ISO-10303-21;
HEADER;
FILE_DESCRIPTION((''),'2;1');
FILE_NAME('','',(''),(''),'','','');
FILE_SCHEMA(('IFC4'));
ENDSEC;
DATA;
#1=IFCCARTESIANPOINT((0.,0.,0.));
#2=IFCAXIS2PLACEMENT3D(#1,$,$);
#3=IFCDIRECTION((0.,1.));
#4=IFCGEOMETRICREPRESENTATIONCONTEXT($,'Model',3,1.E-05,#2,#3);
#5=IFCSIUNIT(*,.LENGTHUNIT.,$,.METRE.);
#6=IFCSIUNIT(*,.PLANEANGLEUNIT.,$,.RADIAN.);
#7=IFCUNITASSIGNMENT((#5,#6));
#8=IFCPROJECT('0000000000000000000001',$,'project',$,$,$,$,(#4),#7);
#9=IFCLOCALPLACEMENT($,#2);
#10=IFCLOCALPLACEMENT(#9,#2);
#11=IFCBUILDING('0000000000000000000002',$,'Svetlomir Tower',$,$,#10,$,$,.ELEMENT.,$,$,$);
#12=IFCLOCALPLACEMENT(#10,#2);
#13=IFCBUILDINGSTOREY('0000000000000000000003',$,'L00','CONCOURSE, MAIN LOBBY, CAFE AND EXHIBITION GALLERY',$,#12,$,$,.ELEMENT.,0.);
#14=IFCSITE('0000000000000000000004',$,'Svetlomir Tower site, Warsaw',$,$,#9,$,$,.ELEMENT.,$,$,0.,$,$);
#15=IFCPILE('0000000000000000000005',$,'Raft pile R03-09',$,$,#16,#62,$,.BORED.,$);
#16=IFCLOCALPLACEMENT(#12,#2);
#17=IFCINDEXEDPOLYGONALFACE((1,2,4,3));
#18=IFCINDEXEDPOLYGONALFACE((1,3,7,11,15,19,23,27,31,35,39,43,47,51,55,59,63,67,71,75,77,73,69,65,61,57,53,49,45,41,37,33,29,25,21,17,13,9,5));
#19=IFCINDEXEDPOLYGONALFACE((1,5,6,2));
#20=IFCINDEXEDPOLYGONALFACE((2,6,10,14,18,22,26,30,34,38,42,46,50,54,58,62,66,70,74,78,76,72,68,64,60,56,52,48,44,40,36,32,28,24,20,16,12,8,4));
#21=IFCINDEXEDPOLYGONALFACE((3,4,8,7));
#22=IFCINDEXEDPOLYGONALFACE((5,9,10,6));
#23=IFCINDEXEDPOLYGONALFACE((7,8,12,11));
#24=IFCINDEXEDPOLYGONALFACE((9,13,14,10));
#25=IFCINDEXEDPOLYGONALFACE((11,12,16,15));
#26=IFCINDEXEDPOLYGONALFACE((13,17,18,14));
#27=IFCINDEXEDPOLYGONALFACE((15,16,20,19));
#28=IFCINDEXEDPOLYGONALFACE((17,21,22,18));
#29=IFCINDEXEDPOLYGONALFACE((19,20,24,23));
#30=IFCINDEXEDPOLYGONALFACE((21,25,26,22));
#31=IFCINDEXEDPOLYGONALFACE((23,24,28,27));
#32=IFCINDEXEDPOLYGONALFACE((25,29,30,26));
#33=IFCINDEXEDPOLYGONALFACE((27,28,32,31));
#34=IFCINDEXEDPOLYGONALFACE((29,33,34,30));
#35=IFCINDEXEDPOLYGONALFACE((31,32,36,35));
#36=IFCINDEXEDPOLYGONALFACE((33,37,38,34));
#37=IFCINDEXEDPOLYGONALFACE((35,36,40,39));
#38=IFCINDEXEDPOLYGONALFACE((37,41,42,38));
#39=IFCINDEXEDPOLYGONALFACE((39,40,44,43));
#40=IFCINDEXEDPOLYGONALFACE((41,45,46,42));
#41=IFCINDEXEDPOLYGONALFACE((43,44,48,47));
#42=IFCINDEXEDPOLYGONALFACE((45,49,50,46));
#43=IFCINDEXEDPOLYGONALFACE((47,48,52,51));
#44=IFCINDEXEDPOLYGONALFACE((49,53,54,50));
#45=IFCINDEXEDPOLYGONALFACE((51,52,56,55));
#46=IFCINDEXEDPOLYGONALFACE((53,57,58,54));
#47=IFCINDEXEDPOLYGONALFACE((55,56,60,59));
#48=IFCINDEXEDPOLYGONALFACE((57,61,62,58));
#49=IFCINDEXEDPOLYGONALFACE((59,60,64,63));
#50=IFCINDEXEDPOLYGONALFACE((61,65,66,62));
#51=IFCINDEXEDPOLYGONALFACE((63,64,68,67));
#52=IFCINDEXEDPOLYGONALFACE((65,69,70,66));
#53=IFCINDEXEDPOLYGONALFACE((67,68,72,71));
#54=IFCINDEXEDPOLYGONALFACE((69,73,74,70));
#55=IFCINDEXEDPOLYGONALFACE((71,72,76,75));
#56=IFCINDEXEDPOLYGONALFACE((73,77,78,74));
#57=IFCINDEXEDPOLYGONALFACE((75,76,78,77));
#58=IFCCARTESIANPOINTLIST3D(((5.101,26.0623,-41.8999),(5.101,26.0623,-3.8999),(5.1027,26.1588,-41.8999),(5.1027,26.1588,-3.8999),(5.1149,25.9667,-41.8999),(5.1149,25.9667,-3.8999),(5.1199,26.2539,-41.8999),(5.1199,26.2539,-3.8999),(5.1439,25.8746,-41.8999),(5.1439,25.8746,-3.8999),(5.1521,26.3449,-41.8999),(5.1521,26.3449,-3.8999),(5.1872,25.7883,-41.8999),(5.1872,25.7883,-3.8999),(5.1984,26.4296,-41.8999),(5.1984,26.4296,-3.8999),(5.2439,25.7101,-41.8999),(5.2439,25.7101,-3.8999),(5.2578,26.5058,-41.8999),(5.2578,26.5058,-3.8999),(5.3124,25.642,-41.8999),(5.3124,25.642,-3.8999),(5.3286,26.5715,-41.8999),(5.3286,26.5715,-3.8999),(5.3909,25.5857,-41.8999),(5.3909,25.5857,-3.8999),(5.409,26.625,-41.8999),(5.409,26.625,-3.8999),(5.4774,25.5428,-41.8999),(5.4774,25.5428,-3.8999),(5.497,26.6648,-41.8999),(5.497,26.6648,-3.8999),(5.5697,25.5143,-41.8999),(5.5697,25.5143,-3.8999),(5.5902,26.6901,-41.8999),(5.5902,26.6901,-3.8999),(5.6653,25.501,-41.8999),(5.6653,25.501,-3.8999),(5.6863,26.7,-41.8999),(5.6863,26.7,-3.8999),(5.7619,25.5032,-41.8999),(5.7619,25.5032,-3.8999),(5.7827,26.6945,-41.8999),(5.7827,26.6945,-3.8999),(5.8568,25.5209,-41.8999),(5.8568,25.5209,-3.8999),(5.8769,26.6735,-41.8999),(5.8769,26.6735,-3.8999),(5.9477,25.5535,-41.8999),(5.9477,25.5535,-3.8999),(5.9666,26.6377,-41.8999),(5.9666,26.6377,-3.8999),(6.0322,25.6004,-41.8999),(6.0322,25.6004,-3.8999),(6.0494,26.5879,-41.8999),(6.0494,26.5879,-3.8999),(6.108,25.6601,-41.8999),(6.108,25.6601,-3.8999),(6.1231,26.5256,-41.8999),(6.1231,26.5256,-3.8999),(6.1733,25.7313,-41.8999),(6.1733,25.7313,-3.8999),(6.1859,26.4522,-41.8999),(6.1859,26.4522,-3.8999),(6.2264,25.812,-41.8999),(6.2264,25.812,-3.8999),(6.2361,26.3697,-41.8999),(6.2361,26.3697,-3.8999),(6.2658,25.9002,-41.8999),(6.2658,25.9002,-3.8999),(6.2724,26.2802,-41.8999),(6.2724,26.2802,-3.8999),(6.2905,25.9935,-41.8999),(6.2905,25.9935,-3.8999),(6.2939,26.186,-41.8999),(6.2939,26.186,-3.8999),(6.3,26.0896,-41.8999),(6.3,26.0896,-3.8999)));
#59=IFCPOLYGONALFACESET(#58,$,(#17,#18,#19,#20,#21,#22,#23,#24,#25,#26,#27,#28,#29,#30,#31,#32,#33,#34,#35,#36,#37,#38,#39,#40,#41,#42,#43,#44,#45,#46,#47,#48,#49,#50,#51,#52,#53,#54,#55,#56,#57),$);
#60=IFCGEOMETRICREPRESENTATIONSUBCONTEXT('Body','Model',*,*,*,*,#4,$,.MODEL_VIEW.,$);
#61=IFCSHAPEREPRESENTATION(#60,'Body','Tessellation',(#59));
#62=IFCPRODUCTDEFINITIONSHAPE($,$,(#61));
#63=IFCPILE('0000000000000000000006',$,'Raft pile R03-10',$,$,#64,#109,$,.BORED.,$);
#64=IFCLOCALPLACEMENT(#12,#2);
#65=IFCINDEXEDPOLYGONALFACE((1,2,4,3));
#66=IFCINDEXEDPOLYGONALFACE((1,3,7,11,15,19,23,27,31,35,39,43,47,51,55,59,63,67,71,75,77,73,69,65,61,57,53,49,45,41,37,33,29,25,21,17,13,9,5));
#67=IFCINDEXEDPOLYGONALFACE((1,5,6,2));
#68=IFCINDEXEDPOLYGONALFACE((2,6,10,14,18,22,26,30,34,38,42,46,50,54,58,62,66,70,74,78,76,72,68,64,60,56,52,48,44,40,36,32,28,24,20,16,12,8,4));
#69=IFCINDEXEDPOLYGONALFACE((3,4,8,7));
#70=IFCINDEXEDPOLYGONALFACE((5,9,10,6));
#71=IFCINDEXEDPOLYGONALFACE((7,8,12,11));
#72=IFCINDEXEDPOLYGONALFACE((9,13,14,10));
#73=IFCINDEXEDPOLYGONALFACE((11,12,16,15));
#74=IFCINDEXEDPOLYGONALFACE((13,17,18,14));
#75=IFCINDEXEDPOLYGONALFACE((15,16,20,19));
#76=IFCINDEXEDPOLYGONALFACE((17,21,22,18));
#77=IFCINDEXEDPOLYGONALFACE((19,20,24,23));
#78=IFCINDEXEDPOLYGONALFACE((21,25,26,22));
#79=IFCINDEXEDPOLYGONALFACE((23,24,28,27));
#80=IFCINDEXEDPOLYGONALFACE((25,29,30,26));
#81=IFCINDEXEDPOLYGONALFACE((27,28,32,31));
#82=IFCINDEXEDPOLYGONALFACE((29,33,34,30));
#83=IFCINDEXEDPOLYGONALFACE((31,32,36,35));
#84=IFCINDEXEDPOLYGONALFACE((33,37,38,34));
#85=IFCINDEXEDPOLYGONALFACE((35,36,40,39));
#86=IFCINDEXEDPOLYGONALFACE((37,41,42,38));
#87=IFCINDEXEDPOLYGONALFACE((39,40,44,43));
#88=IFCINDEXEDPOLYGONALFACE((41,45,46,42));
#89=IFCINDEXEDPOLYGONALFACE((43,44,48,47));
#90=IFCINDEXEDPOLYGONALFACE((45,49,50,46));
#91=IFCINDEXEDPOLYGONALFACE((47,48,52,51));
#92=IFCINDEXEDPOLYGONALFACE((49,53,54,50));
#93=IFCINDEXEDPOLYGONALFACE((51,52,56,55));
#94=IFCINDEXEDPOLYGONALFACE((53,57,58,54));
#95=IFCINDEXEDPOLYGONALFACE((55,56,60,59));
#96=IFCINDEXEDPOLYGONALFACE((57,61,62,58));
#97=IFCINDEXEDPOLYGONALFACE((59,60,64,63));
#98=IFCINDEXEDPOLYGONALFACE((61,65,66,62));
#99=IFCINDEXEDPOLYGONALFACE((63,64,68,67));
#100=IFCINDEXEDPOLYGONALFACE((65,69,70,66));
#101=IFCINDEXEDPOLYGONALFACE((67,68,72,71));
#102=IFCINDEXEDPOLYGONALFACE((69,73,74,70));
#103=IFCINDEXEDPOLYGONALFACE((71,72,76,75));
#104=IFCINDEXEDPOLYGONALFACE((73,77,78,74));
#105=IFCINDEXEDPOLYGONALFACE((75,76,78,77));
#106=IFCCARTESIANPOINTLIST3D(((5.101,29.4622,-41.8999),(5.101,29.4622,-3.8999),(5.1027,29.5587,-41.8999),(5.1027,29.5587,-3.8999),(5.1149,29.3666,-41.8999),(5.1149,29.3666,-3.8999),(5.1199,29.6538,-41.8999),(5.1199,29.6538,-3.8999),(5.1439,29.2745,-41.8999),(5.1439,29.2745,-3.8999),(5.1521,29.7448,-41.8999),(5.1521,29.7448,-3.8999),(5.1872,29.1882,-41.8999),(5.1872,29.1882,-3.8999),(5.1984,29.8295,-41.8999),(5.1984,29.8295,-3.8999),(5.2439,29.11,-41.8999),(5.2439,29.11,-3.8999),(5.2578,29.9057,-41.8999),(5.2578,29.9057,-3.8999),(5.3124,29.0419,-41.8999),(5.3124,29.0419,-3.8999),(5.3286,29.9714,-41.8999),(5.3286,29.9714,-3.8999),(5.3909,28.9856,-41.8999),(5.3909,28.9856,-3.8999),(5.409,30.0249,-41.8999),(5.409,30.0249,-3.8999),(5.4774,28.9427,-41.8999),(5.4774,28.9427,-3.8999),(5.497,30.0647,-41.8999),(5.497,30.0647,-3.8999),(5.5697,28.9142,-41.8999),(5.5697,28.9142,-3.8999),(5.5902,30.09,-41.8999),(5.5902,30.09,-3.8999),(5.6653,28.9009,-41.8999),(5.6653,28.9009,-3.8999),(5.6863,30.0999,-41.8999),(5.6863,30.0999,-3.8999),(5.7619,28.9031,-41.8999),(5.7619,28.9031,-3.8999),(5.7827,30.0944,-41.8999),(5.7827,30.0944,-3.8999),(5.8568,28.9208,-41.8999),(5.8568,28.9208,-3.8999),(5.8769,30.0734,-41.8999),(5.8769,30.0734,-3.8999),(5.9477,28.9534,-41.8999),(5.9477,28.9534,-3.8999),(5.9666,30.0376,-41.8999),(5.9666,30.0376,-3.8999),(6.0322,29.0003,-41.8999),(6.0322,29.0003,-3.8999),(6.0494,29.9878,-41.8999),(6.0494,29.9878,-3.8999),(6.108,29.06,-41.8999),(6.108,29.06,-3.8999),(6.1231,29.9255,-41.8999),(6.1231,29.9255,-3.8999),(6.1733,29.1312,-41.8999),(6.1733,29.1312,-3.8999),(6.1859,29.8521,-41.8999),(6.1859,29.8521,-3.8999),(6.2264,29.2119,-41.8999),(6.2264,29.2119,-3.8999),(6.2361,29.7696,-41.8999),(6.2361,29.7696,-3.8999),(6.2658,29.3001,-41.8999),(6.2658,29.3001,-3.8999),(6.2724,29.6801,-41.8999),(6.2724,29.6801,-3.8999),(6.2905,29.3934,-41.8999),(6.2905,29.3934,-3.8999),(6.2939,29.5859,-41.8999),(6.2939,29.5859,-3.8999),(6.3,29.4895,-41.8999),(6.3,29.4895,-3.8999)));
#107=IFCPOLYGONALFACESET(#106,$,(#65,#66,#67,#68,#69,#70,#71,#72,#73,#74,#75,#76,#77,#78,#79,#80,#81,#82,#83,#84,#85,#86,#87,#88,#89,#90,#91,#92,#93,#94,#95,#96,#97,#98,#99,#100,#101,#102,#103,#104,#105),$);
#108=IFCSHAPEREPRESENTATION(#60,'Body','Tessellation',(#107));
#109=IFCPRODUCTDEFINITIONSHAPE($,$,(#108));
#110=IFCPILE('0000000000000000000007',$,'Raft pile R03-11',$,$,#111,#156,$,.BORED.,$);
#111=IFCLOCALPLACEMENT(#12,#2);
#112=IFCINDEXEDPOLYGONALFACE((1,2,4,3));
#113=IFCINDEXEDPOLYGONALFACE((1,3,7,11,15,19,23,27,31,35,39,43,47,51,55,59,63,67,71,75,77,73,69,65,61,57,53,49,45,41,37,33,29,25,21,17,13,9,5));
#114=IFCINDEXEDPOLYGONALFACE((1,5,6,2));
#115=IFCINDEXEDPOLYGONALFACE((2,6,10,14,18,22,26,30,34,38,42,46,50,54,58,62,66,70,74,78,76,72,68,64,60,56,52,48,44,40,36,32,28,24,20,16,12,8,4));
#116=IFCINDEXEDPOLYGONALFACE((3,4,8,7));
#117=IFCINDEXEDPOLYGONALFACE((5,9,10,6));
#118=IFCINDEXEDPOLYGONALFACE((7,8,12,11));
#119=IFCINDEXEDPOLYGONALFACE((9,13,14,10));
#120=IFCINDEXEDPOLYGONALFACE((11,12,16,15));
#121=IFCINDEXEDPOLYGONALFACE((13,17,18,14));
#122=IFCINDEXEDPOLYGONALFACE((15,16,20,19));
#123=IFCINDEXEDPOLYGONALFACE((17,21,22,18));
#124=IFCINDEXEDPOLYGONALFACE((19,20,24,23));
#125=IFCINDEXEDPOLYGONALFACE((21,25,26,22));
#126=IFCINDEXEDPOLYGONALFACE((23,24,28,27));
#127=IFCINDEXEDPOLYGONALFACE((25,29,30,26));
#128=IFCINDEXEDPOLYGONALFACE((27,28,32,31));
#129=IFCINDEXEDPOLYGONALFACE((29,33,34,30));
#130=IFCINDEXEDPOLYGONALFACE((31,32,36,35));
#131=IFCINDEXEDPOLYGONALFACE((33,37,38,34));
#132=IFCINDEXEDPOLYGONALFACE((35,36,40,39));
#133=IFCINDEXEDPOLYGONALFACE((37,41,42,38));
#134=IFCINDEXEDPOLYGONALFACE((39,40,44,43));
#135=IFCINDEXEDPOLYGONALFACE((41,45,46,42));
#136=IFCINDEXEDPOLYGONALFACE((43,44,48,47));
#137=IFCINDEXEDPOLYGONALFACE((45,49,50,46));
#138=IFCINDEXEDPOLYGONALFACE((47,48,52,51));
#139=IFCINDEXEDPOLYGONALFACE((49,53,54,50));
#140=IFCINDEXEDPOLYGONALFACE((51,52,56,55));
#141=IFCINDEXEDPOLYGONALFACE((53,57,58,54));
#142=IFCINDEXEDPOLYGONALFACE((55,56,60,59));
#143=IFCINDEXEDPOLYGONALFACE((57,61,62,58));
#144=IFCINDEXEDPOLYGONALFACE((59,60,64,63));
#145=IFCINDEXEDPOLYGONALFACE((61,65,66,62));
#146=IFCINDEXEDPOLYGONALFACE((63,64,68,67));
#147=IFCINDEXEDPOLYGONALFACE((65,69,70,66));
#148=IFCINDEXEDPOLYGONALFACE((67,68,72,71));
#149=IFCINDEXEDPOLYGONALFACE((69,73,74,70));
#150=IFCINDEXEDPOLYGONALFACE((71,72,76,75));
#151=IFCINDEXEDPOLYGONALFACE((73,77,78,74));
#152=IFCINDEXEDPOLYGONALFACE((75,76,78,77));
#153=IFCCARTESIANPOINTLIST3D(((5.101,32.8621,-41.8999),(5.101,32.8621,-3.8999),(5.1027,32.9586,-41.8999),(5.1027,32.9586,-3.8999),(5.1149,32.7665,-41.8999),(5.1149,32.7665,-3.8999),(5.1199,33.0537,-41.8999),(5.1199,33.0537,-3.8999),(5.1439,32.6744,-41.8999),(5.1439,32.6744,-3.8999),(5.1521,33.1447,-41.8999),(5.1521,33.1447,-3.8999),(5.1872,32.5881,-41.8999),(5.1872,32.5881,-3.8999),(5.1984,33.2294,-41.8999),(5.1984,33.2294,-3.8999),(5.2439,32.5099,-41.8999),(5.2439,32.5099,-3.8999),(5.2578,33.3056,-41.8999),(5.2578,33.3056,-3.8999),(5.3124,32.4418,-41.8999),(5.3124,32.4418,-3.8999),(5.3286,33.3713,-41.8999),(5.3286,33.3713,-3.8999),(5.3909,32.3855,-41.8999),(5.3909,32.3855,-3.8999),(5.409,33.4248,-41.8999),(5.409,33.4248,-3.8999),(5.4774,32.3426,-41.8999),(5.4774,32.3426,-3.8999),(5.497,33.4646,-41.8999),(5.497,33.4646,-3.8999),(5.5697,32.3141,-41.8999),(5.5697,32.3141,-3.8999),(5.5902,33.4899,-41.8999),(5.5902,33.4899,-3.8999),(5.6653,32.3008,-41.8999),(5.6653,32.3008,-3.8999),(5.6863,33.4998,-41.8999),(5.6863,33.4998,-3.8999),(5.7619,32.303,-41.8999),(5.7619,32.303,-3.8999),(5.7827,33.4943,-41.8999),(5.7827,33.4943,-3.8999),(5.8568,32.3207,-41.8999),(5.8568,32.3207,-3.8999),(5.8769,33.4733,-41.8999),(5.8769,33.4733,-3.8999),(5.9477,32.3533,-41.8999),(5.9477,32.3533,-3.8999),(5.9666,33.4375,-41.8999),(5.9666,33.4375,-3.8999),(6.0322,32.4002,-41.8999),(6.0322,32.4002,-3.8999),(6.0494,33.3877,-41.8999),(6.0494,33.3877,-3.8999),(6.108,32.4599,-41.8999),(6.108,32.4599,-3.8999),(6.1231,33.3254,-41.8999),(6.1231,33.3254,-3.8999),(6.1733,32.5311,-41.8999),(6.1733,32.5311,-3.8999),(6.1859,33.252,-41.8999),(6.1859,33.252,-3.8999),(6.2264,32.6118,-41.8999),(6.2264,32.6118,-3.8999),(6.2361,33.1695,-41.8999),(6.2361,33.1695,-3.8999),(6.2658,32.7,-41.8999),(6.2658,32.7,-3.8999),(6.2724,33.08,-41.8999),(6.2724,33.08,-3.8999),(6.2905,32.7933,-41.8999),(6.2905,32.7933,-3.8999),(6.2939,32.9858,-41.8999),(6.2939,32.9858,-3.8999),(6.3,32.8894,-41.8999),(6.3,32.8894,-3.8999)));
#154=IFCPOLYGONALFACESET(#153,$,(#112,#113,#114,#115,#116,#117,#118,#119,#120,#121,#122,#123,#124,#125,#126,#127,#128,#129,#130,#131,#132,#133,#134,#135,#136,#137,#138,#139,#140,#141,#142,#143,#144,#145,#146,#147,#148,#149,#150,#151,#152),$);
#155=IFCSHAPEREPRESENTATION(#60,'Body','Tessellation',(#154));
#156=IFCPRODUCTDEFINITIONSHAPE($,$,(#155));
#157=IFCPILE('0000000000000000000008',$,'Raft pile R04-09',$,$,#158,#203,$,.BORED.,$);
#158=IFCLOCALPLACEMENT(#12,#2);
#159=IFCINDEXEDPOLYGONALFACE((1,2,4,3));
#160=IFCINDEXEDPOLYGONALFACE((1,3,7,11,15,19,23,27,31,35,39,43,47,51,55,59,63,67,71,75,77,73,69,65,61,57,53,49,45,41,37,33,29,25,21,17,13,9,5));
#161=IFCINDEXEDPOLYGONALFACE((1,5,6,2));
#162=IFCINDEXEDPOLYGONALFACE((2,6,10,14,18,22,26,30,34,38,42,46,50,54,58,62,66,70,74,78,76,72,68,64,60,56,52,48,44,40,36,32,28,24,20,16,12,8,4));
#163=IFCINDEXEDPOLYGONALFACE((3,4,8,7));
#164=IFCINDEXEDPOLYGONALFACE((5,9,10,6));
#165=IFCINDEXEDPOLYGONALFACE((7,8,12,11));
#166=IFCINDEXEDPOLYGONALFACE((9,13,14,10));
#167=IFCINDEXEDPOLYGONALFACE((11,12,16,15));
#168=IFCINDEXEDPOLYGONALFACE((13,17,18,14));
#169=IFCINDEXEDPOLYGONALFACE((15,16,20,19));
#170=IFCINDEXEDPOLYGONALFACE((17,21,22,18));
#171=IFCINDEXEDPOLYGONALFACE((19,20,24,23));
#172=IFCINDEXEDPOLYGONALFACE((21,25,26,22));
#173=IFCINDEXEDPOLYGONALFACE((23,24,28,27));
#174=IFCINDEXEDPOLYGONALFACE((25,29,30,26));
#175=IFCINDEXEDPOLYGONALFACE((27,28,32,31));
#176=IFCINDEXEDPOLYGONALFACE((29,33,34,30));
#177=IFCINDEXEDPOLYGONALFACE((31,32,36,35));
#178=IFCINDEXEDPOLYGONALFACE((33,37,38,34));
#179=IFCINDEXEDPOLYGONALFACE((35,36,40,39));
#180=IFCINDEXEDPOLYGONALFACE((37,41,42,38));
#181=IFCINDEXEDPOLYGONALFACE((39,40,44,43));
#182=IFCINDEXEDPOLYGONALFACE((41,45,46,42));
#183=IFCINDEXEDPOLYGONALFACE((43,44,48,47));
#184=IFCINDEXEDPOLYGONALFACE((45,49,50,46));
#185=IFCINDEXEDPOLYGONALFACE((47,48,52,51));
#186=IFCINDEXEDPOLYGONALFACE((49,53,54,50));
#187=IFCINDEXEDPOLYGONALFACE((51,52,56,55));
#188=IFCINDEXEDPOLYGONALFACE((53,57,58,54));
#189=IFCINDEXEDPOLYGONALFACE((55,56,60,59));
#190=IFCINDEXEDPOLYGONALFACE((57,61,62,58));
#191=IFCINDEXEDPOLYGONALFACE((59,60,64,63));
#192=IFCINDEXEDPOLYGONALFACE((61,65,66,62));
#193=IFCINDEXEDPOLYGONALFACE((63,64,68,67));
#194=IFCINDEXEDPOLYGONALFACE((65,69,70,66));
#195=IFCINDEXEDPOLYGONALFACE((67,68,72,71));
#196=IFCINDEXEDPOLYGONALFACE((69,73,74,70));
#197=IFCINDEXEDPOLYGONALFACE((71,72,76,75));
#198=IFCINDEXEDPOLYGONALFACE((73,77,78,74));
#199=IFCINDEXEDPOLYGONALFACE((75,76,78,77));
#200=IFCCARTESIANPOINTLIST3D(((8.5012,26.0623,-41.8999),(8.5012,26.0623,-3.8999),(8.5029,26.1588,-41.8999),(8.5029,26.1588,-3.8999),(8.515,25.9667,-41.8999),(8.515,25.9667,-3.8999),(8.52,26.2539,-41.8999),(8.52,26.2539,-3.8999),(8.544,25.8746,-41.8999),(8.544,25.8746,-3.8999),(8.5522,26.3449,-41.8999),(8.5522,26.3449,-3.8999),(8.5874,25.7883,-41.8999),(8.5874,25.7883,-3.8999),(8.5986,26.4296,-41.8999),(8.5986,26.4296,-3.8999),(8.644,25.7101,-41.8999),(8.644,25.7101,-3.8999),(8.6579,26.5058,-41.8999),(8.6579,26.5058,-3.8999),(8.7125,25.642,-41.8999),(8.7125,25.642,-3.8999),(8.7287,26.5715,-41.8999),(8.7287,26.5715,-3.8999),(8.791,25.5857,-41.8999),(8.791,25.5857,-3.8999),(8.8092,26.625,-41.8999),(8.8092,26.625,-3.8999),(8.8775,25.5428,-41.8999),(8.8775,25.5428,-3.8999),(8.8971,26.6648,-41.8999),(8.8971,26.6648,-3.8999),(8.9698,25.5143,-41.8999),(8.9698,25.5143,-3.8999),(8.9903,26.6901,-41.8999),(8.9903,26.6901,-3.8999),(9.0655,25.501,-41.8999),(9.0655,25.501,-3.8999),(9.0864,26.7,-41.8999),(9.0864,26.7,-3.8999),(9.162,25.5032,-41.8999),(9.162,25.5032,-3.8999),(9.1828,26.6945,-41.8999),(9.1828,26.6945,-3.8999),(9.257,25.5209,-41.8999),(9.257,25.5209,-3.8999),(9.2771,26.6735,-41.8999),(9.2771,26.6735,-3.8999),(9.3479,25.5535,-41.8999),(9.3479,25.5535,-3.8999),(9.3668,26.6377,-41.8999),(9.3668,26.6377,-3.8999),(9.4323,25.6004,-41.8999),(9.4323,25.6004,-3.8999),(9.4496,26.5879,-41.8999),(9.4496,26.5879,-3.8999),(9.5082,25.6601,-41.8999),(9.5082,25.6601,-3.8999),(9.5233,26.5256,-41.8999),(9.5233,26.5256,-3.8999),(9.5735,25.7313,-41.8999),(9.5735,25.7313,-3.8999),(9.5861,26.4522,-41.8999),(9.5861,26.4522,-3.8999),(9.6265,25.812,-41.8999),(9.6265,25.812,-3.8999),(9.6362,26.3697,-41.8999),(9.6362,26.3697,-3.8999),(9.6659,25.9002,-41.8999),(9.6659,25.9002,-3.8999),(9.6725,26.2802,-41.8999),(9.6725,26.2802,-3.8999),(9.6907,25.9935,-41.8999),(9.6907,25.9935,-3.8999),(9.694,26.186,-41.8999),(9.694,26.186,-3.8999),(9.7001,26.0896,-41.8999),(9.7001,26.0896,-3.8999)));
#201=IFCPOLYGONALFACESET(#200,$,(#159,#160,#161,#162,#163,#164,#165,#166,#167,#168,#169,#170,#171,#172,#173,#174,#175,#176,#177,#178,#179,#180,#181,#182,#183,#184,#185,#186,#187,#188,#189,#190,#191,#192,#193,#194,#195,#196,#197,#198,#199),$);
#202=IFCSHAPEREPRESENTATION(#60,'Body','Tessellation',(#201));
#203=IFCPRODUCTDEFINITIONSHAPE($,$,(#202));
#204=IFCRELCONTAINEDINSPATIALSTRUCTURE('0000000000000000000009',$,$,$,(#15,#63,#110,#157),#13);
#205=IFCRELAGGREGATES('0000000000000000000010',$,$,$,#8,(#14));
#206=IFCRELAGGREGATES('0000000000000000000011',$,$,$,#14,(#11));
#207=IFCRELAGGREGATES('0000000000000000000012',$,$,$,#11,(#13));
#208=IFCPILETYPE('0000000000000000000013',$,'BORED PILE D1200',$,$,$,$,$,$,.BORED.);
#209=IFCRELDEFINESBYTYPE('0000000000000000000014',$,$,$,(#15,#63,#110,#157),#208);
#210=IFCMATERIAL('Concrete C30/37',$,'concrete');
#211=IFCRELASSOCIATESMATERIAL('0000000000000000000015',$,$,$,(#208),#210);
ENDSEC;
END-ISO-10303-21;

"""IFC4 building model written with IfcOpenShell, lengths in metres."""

from ifc_helpers import new_model, si_unit, direction, frame, frame_2d, origin, origin_2d, place, context, subcontext, project, spatial, circle, extrude, material, material_profile, profile_set, type_object, element, save


model = new_model("IFC4")

# Units and contexts
model_context = context("Model", 3, precision=1e-05, world=origin(), true_north=direction((0.0, 1.0)))
body_context = subcontext(model_context, "Body", "Model", "MODEL_VIEW")
ifc_project = project(units=[si_unit("LENGTHUNIT", "METRE"), si_unit("PLANEANGLEUNIT", "RADIAN")], contexts=[model_context])

# Site, building, storey
site_placement = place(None, origin())
site = spatial("IfcSite", under=ifc_project, at=site_placement, Name="Svetlomir Tower site, Warsaw", CompositionType="ELEMENT", RefElevation=0.0)
building_placement = place(site_placement, origin())
building = spatial("IfcBuilding", under=site, at=building_placement, Name="Svetlomir Tower", CompositionType="ELEMENT")
storey_placement = place(building_placement, origin())
storey = spatial("IfcBuildingStorey", under=building, at=storey_placement, Name="L00", Description="CONCOURSE, MAIN LOBBY, CAFE AND EXHIBITION GALLERY", CompositionType="ELEMENT", Elevation=0.0)

# Piles
ifc_material_1 = material(Name="Concrete C30/37", Category="concrete")
ifc_material_profile_1 = material_profile(ifc_material_1, circle(Radius=0.6001, at=origin_2d()), Name="D1200")
ifc_profile_set_1 = profile_set([ifc_material_profile_1], Name="Concrete C30/37")
pile_type = type_object("IfcPileType", Name="BORED PILE D1200", PredefinedType="BORED", material=ifc_profile_set_1)
for number, where, z_axis, x_axis, name in (
    (1, (5.7, 26.1001, -3.8999), (0.0, 0.0, -1.0), (1.0, 0.0, 0.0), "Raft pile R03-09"),
    (2, (5.7, 29.5, -3.8999), (0.0, 0.0, -1.0), (1.0, 0.0, 0.0), "Raft pile R03-10"),
    (3, (5.7, 32.8999, -3.8999), (0.0, 0.0, -1.0), (1.0, 0.0, 0.0), "Raft pile R03-11"),
    (4, (9.1001, 26.1001, -3.8999), (0.0, 0.0, -1.0), (1.0, 0.0, 0.0), "Raft pile R04-09"),
):
    element("IfcPile", number, at=place(storey_placement, frame(where, z_axis=z_axis, x_axis=x_axis)), inside=storey, type_object=pile_type, Name=name, PredefinedType="BORED", context=body_context, shape_type="SweptSolid", body=[
        extrude(circle(Radius=0.6001, at=frame_2d((0.0, 0.0), x_axis=(0.999848, 0.017452))), origin(), (0.0, 0.0, 1.0), 38.0),
    ])

save(model, "model.ifc")
